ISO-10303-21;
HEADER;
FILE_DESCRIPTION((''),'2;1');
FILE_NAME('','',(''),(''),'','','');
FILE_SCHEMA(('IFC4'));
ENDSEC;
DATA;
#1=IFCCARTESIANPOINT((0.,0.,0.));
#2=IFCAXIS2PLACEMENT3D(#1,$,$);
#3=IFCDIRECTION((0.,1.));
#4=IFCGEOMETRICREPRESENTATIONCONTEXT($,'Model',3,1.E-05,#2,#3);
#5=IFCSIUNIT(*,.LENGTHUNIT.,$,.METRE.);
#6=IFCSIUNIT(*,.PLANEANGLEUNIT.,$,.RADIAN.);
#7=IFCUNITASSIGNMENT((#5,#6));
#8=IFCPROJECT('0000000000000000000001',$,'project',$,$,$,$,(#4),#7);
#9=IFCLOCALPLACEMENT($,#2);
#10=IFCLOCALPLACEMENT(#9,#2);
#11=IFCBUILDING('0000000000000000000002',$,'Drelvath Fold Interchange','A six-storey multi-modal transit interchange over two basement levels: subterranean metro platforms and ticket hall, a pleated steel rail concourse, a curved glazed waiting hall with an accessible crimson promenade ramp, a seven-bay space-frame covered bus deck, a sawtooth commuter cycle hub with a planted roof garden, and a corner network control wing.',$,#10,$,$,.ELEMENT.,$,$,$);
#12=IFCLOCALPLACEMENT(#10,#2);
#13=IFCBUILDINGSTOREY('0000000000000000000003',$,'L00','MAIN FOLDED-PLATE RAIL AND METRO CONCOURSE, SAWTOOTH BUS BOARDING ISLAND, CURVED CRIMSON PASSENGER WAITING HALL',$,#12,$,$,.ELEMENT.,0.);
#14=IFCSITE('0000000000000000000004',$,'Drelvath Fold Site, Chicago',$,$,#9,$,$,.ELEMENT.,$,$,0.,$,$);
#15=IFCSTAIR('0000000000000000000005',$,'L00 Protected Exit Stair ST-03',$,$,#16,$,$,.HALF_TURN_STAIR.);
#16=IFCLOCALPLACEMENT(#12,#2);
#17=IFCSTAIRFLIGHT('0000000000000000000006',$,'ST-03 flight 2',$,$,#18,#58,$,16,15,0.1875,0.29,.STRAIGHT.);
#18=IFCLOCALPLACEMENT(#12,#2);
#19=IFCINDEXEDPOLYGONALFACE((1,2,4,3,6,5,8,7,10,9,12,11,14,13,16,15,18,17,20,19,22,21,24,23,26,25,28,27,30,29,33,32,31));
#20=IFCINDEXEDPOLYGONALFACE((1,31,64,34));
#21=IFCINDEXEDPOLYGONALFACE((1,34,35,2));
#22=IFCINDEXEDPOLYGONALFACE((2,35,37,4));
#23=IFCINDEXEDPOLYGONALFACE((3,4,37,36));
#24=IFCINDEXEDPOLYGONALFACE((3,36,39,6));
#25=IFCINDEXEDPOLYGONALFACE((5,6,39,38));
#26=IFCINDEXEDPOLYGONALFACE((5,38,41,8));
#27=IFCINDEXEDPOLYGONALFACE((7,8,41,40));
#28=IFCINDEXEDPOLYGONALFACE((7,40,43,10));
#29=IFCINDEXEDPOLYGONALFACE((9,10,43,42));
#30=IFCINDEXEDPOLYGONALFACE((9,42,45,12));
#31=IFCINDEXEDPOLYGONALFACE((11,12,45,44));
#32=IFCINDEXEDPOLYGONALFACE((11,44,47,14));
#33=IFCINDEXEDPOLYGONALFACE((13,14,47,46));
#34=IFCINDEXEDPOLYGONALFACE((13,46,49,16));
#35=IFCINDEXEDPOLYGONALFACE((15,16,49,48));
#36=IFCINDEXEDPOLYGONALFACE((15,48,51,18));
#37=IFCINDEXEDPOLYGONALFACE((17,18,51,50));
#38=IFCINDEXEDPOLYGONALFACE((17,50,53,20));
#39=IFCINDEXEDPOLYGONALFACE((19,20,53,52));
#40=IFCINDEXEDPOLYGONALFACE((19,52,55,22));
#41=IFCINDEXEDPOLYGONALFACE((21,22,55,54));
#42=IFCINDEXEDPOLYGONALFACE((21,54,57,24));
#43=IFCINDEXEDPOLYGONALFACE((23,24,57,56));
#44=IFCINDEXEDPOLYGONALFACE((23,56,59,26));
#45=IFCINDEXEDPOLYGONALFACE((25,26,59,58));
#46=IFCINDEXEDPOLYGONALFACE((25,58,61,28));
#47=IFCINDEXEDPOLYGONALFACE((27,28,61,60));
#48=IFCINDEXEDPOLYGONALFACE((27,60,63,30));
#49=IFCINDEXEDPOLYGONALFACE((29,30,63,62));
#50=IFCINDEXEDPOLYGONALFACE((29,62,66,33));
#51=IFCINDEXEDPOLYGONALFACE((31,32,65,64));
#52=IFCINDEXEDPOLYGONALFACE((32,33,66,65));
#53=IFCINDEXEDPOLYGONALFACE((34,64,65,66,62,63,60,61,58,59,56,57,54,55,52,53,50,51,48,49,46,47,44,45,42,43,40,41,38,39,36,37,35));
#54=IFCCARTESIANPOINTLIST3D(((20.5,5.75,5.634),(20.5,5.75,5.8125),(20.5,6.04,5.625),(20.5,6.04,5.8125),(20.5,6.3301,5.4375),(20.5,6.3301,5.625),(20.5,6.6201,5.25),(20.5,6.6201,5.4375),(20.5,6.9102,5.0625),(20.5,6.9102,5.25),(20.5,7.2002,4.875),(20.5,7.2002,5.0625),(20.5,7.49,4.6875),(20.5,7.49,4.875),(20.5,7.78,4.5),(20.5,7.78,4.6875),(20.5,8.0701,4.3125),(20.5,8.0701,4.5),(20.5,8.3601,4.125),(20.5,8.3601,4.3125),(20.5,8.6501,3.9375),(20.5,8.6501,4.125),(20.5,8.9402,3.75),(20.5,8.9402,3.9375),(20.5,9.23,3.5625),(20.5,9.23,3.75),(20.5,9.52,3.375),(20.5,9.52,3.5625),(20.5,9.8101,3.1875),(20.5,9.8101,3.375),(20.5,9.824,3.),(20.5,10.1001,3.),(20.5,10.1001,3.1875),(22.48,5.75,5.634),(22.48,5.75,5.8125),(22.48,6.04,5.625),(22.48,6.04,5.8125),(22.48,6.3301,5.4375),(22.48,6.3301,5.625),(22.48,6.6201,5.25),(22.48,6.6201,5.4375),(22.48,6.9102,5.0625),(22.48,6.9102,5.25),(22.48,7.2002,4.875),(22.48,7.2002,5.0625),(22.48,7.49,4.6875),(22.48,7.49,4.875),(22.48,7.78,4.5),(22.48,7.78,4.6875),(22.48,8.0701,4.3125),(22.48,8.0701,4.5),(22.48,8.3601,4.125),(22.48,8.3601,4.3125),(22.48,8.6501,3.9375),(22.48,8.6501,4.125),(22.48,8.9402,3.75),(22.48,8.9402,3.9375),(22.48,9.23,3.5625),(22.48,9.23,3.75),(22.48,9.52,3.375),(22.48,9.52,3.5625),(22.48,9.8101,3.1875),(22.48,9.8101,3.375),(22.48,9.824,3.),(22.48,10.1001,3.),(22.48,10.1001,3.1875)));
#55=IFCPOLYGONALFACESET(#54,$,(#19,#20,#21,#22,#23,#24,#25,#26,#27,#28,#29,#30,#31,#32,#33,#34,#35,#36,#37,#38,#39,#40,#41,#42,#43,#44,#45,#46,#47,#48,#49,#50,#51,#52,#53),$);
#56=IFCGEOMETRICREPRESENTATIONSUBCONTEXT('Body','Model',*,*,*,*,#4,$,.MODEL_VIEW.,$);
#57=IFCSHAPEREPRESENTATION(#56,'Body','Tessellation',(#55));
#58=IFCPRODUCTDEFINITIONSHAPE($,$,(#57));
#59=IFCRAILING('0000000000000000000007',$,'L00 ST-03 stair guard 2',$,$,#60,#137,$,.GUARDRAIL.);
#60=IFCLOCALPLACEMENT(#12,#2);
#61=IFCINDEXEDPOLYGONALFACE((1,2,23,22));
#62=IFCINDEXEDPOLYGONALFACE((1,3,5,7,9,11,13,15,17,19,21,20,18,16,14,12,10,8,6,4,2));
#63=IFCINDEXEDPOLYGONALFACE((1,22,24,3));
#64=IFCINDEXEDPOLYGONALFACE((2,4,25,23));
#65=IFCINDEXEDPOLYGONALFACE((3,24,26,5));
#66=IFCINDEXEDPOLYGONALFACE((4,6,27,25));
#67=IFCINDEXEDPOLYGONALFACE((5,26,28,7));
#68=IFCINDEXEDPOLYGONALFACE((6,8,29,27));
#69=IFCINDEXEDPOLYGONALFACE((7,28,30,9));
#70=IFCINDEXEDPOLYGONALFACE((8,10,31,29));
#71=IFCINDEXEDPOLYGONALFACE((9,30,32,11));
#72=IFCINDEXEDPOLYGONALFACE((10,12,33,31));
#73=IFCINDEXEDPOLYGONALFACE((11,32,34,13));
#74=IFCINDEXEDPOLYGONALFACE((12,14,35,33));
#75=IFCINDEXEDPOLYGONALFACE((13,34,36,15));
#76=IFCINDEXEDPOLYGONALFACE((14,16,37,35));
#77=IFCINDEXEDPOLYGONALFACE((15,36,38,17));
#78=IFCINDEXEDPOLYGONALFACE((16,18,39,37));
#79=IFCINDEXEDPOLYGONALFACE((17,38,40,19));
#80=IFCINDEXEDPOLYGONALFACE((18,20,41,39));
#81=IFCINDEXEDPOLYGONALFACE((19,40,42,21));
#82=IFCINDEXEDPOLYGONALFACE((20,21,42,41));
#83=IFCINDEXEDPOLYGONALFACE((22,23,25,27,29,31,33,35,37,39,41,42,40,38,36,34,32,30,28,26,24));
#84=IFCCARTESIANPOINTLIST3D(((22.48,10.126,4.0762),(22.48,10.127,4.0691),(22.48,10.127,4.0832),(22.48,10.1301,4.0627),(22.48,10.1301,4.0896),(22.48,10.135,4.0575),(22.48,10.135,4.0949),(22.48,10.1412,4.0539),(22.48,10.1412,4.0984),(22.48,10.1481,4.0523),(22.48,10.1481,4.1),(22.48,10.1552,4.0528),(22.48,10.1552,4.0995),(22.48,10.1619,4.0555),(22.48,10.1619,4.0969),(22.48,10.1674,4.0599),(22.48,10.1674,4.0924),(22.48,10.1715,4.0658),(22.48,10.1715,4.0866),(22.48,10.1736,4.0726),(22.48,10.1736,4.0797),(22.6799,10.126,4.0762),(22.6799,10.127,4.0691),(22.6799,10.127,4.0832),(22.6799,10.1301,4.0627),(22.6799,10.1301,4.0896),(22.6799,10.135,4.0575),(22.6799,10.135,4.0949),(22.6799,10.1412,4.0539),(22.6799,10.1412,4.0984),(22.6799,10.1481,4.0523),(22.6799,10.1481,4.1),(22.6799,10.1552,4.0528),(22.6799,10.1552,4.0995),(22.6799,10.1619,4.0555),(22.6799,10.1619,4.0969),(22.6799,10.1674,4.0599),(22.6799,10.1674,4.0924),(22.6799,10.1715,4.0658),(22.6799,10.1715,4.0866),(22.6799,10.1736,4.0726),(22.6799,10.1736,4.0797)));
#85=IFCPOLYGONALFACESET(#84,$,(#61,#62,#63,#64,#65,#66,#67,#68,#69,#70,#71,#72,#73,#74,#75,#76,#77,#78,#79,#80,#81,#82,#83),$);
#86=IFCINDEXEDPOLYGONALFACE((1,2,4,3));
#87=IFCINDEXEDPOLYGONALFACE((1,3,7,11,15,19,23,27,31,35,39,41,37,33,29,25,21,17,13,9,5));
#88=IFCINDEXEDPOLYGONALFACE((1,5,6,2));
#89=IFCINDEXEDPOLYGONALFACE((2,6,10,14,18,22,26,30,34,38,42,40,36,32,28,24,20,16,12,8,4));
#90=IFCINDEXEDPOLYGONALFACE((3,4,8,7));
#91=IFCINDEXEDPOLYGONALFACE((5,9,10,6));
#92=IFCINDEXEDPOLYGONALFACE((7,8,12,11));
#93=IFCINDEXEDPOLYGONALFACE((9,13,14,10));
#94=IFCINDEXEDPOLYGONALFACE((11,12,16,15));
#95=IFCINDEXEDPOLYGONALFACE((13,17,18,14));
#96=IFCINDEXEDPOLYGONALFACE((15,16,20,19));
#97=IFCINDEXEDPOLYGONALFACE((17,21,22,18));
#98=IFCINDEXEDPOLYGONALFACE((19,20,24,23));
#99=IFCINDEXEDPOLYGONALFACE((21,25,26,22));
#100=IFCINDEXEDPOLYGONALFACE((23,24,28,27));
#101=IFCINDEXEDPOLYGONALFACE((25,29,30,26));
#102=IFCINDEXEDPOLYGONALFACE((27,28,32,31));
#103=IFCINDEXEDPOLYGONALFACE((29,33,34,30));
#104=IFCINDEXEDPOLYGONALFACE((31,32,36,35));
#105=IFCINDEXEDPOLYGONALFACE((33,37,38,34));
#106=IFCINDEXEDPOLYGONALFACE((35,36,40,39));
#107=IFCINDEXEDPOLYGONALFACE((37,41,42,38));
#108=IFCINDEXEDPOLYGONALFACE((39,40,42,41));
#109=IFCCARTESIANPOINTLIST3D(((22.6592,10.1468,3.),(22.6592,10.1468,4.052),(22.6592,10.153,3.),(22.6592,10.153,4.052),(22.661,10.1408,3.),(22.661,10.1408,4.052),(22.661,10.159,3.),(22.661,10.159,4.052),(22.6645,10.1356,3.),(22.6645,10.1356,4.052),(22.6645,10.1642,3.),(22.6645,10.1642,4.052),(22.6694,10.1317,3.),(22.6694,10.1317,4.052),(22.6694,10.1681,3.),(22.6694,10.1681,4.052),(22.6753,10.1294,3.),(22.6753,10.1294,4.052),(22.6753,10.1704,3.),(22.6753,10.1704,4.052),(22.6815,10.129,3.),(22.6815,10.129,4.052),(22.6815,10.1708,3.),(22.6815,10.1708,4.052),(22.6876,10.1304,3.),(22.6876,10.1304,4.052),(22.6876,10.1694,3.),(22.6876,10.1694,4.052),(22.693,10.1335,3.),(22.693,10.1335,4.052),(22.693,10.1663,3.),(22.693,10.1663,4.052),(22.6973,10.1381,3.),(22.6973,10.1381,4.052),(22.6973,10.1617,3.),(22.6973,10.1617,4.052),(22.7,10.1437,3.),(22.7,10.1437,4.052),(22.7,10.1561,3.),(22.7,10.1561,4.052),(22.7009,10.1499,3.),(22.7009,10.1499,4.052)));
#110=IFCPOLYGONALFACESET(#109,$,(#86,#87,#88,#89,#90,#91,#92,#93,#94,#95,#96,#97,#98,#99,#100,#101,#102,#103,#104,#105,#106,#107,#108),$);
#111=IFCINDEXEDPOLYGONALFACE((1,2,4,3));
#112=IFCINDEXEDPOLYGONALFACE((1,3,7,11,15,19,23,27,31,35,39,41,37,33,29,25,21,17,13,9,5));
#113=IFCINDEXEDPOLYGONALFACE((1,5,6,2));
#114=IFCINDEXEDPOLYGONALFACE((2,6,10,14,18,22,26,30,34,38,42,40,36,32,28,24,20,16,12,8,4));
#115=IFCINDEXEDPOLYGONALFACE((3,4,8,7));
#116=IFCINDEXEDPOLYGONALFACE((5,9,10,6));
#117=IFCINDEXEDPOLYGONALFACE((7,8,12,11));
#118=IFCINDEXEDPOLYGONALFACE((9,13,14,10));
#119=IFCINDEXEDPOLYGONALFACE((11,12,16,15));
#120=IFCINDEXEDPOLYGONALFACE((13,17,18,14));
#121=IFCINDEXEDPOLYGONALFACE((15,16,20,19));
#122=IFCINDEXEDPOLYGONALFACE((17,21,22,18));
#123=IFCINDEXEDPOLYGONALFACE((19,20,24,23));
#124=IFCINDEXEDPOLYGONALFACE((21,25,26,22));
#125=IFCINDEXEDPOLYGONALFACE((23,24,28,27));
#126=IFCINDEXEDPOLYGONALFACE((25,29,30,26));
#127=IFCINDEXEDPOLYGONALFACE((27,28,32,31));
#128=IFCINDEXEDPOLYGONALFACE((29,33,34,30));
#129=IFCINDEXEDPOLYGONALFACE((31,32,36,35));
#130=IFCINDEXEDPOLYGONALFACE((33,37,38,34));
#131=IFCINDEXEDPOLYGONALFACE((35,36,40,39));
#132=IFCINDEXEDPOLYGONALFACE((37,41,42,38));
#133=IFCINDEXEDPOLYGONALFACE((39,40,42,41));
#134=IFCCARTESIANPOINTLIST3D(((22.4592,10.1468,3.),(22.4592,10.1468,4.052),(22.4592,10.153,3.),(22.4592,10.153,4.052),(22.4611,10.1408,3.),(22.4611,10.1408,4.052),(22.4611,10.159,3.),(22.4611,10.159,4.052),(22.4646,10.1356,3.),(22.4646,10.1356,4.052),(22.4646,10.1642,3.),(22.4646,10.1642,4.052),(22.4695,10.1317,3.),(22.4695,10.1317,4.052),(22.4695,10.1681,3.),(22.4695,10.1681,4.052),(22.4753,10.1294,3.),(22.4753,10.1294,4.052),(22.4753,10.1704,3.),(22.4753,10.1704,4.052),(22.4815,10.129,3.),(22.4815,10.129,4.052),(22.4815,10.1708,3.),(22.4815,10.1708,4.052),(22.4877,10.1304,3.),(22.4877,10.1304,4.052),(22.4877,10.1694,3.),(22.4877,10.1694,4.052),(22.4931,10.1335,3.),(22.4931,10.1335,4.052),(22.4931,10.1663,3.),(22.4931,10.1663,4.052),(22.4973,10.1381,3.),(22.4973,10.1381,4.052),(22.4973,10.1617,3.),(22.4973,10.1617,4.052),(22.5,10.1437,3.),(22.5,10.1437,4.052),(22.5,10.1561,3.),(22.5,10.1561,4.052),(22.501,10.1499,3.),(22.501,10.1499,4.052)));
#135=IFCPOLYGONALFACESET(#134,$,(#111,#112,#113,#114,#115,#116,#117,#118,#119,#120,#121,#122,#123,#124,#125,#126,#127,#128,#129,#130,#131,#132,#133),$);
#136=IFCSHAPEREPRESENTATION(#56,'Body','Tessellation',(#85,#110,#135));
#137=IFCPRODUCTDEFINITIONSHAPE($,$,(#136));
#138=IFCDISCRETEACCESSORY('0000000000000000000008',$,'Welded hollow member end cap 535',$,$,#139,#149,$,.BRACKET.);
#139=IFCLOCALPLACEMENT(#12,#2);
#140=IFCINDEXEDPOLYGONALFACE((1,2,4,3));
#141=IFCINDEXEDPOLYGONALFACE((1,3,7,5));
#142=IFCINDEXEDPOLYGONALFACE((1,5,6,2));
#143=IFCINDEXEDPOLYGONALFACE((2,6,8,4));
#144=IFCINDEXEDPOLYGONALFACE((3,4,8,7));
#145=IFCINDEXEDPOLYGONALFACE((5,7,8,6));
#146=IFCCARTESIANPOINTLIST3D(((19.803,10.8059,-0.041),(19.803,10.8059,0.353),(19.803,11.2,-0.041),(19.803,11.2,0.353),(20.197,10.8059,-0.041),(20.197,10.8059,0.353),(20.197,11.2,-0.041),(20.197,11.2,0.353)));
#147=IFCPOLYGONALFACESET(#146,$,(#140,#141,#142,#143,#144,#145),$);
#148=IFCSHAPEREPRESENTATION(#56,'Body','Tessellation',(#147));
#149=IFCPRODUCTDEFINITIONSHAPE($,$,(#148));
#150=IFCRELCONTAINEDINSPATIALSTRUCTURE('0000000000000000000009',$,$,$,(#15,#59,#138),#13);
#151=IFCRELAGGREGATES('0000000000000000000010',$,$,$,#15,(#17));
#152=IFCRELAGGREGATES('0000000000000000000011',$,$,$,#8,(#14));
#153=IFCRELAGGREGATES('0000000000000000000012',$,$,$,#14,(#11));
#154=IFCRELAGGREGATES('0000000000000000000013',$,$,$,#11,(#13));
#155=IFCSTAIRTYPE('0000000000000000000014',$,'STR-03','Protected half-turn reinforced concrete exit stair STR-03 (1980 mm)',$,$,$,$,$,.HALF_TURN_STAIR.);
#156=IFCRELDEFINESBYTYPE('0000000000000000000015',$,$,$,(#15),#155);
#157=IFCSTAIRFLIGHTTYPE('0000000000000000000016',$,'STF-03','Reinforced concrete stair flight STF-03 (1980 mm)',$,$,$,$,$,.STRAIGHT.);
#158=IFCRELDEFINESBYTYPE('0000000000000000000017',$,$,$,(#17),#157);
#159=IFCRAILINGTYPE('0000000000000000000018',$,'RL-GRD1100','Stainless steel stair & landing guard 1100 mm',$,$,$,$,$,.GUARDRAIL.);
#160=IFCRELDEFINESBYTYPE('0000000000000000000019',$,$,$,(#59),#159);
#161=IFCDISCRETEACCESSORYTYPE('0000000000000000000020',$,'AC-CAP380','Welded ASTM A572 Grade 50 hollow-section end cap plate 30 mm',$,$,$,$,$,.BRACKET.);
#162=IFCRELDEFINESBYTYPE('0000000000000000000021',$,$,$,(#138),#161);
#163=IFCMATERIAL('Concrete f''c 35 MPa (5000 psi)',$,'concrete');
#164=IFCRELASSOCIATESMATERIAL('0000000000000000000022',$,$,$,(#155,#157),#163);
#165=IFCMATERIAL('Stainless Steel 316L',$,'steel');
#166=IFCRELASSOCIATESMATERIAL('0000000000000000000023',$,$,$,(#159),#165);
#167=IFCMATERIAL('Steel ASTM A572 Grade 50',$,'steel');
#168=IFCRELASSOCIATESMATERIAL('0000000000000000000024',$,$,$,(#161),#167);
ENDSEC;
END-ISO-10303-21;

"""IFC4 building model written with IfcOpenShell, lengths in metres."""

from ifc_helpers import new_model, si_unit, direction, frame, origin, origin_2d, place, context, subcontext, project, spatial, polyline, rectangle, circle, outline, extrude, material, type_object, element, aggregate, save


model = new_model("IFC4")

# Units and contexts
model_context = context("Model", 3, precision=1e-05, world=origin(), true_north=direction((0.0, 1.0)))
body_context = subcontext(model_context, "Body", "Model", "MODEL_VIEW")
ifc_project = project(units=[si_unit("LENGTHUNIT", "METRE"), si_unit("PLANEANGLEUNIT", "RADIAN")], contexts=[model_context])

# Site, building, storey
site_placement = place(None, origin())
site = spatial("IfcSite", under=ifc_project, at=site_placement, Name="Drelvath Fold Site, Chicago", CompositionType="ELEMENT", RefElevation=0.0)
building_placement = place(site_placement, origin())
building = spatial("IfcBuilding", under=site, at=building_placement, Name="Drelvath Fold Interchange", Description="A six-storey multi-modal transit interchange over two basement levels: subterranean metro platforms and ticket hall, a pleated steel rail concourse, a curved glazed waiting hall with an accessible crimson promenade ramp, a seven-bay space-frame covered bus deck, a sawtooth commuter cycle hub with a planted roof garden, and a corner network control wing.", CompositionType="ELEMENT")
storey_placement = place(building_placement, origin())
storey = spatial("IfcBuildingStorey", under=building, at=storey_placement, Name="L00", Description="MAIN FOLDED-PLATE RAIL AND METRO CONCOURSE, SAWTOOTH BUS BOARDING ISLAND, CURVED CRIMSON PASSENGER WAITING HALL", CompositionType="ELEMENT", Elevation=0.0)

# Shared definitions
ifc_material_1 = material(Name="Steel ASTM A572 Grade 50", Category="steel")

# Stair, stair flight
ifc_material_2 = material(Name="Concrete f'c 35 MPa (5000 psi)", Category="concrete")
stair_type = type_object("IfcStairType", Name="STR-03", Description="Protected half-turn reinforced concrete exit stair STR-03 (1980 mm)", PredefinedType="HALF_TURN_STAIR", material=ifc_material_2)
stair_placement = place(storey_placement, origin())
stair = element("IfcStair", 1, at=stair_placement, inside=storey, type_object=stair_type, Name="L00 Protected Exit Stair ST-03", PredefinedType="HALF_TURN_STAIR")
stair_flight_type = type_object("IfcStairFlightType", Name="STF-03", Description="Reinforced concrete stair flight STF-03 (1980 mm)", PredefinedType="STRAIGHT", material=ifc_material_2)
stair_flight_placement = place(storey_placement, frame((21.49, 10.1001, 3.0), z_axis=(0.0, 0.0, 1.0), x_axis=(0.0, -1.0, 0.0)))
stair_flight = element("IfcStairFlight", 2, at=stair_flight_placement, type_object=stair_flight_type, Name="ST-03 flight 2", NumberOfRisers=16, NumberOfTreads=15, PredefinedType="STRAIGHT", RiserHeight=0.1875, TreadLength=0.29, context=body_context, shape_type="SweptSolid", body=[
    extrude(outline(polyline([(0.0, 0.0), (0.0, 0.1875), (0.29, 0.1875), (0.29, 0.375), (0.5801, 0.375), (0.5801, 0.5625), (0.8701, 0.5625), (0.8701, 0.75), (1.1599, 0.75), (1.1599, 0.9375), (1.45, 0.9375), (1.45, 1.125), (1.74, 1.125), (1.74, 1.3125), (2.03, 1.3125), (2.03, 1.5), (2.3201, 1.5), (2.3201, 1.6875), (2.6101, 1.6875), (2.6101, 1.875), (2.8999, 1.875), (2.8999, 2.0625), (3.1899, 2.0625), (3.1899, 2.25), (3.48, 2.25), (3.48, 2.4375), (3.77, 2.4375), (3.77, 2.625), (4.0601, 2.625), (4.0601, 2.8125), (4.3501, 2.8125), (4.3501, 3.0), (4.3501, 2.634), (0.2761, 0.0), (0.0, 0.0)])), frame((0.0, 0.99, 0.0), z_axis=(0.0, -1.0, 0.0), x_axis=(1.0, 0.0, 0.0)), (0.0, 0.0, 1.0), 1.98),
])
aggregate(stair, [stair_flight])

# Railing
ifc_material_3 = material(Name="Stainless Steel 316L", Category="steel")
railing_type = type_object("IfcRailingType", Name="RL-GRD1100", Description="Stainless steel stair & landing guard 1100 mm", PredefinedType="GUARDRAIL", material=ifc_material_3)
railing_1_placement = place(storey_placement, frame((22.6799, 10.1499, 3.0)))
element("IfcRailing", 3, at=railing_1_placement, inside=storey, type_object=railing_type, Name="L00 ST-03 stair guard 2", PredefinedType="GUARDRAIL", context=body_context, shape_type="SweptSolid", body=[
    extrude(circle(Radius=0.0239, at=origin_2d()), frame((0.0, 0.0, 1.0762), z_axis=(-1.0, 0.0, 0.0), x_axis=(0.0, -1.0, 0.0)), (0.0, 0.0, 1.0), 0.2),
    extrude(circle(Radius=0.021, at=origin_2d()), origin(), (0.0, 0.0, 1.0), 1.052),
    extrude(circle(Radius=0.021, at=origin_2d()), frame((-0.2, 0.0, 0.0)), (0.0, 0.0, 1.0), 1.052),
])

# Discrete accessory
discrete_accessory_type = type_object("IfcDiscreteAccessoryType", Name="AC-CAP380", Description="Welded ASTM A572 Grade 50 hollow-section end cap plate 30 mm", PredefinedType="BRACKET", material=ifc_material_1)
discrete_accessory_placement = place(storey_placement, frame((20.0, 11.0029, -0.041), z_axis=(0.0, 0.0, 1.0), x_axis=(1.0, 0.0, 0.0)))
element("IfcDiscreteAccessory", 4, at=discrete_accessory_placement, inside=storey, type_object=discrete_accessory_type, Name="Welded hollow member end cap 535", PredefinedType="BRACKET", context=body_context, shape_type="SweptSolid", body=[
    extrude(rectangle(XDim=0.394, YDim=0.394, at=origin_2d()), origin(), (0.0, 0.0, 1.0), 0.394),
])

save(model, "model.ifc")
